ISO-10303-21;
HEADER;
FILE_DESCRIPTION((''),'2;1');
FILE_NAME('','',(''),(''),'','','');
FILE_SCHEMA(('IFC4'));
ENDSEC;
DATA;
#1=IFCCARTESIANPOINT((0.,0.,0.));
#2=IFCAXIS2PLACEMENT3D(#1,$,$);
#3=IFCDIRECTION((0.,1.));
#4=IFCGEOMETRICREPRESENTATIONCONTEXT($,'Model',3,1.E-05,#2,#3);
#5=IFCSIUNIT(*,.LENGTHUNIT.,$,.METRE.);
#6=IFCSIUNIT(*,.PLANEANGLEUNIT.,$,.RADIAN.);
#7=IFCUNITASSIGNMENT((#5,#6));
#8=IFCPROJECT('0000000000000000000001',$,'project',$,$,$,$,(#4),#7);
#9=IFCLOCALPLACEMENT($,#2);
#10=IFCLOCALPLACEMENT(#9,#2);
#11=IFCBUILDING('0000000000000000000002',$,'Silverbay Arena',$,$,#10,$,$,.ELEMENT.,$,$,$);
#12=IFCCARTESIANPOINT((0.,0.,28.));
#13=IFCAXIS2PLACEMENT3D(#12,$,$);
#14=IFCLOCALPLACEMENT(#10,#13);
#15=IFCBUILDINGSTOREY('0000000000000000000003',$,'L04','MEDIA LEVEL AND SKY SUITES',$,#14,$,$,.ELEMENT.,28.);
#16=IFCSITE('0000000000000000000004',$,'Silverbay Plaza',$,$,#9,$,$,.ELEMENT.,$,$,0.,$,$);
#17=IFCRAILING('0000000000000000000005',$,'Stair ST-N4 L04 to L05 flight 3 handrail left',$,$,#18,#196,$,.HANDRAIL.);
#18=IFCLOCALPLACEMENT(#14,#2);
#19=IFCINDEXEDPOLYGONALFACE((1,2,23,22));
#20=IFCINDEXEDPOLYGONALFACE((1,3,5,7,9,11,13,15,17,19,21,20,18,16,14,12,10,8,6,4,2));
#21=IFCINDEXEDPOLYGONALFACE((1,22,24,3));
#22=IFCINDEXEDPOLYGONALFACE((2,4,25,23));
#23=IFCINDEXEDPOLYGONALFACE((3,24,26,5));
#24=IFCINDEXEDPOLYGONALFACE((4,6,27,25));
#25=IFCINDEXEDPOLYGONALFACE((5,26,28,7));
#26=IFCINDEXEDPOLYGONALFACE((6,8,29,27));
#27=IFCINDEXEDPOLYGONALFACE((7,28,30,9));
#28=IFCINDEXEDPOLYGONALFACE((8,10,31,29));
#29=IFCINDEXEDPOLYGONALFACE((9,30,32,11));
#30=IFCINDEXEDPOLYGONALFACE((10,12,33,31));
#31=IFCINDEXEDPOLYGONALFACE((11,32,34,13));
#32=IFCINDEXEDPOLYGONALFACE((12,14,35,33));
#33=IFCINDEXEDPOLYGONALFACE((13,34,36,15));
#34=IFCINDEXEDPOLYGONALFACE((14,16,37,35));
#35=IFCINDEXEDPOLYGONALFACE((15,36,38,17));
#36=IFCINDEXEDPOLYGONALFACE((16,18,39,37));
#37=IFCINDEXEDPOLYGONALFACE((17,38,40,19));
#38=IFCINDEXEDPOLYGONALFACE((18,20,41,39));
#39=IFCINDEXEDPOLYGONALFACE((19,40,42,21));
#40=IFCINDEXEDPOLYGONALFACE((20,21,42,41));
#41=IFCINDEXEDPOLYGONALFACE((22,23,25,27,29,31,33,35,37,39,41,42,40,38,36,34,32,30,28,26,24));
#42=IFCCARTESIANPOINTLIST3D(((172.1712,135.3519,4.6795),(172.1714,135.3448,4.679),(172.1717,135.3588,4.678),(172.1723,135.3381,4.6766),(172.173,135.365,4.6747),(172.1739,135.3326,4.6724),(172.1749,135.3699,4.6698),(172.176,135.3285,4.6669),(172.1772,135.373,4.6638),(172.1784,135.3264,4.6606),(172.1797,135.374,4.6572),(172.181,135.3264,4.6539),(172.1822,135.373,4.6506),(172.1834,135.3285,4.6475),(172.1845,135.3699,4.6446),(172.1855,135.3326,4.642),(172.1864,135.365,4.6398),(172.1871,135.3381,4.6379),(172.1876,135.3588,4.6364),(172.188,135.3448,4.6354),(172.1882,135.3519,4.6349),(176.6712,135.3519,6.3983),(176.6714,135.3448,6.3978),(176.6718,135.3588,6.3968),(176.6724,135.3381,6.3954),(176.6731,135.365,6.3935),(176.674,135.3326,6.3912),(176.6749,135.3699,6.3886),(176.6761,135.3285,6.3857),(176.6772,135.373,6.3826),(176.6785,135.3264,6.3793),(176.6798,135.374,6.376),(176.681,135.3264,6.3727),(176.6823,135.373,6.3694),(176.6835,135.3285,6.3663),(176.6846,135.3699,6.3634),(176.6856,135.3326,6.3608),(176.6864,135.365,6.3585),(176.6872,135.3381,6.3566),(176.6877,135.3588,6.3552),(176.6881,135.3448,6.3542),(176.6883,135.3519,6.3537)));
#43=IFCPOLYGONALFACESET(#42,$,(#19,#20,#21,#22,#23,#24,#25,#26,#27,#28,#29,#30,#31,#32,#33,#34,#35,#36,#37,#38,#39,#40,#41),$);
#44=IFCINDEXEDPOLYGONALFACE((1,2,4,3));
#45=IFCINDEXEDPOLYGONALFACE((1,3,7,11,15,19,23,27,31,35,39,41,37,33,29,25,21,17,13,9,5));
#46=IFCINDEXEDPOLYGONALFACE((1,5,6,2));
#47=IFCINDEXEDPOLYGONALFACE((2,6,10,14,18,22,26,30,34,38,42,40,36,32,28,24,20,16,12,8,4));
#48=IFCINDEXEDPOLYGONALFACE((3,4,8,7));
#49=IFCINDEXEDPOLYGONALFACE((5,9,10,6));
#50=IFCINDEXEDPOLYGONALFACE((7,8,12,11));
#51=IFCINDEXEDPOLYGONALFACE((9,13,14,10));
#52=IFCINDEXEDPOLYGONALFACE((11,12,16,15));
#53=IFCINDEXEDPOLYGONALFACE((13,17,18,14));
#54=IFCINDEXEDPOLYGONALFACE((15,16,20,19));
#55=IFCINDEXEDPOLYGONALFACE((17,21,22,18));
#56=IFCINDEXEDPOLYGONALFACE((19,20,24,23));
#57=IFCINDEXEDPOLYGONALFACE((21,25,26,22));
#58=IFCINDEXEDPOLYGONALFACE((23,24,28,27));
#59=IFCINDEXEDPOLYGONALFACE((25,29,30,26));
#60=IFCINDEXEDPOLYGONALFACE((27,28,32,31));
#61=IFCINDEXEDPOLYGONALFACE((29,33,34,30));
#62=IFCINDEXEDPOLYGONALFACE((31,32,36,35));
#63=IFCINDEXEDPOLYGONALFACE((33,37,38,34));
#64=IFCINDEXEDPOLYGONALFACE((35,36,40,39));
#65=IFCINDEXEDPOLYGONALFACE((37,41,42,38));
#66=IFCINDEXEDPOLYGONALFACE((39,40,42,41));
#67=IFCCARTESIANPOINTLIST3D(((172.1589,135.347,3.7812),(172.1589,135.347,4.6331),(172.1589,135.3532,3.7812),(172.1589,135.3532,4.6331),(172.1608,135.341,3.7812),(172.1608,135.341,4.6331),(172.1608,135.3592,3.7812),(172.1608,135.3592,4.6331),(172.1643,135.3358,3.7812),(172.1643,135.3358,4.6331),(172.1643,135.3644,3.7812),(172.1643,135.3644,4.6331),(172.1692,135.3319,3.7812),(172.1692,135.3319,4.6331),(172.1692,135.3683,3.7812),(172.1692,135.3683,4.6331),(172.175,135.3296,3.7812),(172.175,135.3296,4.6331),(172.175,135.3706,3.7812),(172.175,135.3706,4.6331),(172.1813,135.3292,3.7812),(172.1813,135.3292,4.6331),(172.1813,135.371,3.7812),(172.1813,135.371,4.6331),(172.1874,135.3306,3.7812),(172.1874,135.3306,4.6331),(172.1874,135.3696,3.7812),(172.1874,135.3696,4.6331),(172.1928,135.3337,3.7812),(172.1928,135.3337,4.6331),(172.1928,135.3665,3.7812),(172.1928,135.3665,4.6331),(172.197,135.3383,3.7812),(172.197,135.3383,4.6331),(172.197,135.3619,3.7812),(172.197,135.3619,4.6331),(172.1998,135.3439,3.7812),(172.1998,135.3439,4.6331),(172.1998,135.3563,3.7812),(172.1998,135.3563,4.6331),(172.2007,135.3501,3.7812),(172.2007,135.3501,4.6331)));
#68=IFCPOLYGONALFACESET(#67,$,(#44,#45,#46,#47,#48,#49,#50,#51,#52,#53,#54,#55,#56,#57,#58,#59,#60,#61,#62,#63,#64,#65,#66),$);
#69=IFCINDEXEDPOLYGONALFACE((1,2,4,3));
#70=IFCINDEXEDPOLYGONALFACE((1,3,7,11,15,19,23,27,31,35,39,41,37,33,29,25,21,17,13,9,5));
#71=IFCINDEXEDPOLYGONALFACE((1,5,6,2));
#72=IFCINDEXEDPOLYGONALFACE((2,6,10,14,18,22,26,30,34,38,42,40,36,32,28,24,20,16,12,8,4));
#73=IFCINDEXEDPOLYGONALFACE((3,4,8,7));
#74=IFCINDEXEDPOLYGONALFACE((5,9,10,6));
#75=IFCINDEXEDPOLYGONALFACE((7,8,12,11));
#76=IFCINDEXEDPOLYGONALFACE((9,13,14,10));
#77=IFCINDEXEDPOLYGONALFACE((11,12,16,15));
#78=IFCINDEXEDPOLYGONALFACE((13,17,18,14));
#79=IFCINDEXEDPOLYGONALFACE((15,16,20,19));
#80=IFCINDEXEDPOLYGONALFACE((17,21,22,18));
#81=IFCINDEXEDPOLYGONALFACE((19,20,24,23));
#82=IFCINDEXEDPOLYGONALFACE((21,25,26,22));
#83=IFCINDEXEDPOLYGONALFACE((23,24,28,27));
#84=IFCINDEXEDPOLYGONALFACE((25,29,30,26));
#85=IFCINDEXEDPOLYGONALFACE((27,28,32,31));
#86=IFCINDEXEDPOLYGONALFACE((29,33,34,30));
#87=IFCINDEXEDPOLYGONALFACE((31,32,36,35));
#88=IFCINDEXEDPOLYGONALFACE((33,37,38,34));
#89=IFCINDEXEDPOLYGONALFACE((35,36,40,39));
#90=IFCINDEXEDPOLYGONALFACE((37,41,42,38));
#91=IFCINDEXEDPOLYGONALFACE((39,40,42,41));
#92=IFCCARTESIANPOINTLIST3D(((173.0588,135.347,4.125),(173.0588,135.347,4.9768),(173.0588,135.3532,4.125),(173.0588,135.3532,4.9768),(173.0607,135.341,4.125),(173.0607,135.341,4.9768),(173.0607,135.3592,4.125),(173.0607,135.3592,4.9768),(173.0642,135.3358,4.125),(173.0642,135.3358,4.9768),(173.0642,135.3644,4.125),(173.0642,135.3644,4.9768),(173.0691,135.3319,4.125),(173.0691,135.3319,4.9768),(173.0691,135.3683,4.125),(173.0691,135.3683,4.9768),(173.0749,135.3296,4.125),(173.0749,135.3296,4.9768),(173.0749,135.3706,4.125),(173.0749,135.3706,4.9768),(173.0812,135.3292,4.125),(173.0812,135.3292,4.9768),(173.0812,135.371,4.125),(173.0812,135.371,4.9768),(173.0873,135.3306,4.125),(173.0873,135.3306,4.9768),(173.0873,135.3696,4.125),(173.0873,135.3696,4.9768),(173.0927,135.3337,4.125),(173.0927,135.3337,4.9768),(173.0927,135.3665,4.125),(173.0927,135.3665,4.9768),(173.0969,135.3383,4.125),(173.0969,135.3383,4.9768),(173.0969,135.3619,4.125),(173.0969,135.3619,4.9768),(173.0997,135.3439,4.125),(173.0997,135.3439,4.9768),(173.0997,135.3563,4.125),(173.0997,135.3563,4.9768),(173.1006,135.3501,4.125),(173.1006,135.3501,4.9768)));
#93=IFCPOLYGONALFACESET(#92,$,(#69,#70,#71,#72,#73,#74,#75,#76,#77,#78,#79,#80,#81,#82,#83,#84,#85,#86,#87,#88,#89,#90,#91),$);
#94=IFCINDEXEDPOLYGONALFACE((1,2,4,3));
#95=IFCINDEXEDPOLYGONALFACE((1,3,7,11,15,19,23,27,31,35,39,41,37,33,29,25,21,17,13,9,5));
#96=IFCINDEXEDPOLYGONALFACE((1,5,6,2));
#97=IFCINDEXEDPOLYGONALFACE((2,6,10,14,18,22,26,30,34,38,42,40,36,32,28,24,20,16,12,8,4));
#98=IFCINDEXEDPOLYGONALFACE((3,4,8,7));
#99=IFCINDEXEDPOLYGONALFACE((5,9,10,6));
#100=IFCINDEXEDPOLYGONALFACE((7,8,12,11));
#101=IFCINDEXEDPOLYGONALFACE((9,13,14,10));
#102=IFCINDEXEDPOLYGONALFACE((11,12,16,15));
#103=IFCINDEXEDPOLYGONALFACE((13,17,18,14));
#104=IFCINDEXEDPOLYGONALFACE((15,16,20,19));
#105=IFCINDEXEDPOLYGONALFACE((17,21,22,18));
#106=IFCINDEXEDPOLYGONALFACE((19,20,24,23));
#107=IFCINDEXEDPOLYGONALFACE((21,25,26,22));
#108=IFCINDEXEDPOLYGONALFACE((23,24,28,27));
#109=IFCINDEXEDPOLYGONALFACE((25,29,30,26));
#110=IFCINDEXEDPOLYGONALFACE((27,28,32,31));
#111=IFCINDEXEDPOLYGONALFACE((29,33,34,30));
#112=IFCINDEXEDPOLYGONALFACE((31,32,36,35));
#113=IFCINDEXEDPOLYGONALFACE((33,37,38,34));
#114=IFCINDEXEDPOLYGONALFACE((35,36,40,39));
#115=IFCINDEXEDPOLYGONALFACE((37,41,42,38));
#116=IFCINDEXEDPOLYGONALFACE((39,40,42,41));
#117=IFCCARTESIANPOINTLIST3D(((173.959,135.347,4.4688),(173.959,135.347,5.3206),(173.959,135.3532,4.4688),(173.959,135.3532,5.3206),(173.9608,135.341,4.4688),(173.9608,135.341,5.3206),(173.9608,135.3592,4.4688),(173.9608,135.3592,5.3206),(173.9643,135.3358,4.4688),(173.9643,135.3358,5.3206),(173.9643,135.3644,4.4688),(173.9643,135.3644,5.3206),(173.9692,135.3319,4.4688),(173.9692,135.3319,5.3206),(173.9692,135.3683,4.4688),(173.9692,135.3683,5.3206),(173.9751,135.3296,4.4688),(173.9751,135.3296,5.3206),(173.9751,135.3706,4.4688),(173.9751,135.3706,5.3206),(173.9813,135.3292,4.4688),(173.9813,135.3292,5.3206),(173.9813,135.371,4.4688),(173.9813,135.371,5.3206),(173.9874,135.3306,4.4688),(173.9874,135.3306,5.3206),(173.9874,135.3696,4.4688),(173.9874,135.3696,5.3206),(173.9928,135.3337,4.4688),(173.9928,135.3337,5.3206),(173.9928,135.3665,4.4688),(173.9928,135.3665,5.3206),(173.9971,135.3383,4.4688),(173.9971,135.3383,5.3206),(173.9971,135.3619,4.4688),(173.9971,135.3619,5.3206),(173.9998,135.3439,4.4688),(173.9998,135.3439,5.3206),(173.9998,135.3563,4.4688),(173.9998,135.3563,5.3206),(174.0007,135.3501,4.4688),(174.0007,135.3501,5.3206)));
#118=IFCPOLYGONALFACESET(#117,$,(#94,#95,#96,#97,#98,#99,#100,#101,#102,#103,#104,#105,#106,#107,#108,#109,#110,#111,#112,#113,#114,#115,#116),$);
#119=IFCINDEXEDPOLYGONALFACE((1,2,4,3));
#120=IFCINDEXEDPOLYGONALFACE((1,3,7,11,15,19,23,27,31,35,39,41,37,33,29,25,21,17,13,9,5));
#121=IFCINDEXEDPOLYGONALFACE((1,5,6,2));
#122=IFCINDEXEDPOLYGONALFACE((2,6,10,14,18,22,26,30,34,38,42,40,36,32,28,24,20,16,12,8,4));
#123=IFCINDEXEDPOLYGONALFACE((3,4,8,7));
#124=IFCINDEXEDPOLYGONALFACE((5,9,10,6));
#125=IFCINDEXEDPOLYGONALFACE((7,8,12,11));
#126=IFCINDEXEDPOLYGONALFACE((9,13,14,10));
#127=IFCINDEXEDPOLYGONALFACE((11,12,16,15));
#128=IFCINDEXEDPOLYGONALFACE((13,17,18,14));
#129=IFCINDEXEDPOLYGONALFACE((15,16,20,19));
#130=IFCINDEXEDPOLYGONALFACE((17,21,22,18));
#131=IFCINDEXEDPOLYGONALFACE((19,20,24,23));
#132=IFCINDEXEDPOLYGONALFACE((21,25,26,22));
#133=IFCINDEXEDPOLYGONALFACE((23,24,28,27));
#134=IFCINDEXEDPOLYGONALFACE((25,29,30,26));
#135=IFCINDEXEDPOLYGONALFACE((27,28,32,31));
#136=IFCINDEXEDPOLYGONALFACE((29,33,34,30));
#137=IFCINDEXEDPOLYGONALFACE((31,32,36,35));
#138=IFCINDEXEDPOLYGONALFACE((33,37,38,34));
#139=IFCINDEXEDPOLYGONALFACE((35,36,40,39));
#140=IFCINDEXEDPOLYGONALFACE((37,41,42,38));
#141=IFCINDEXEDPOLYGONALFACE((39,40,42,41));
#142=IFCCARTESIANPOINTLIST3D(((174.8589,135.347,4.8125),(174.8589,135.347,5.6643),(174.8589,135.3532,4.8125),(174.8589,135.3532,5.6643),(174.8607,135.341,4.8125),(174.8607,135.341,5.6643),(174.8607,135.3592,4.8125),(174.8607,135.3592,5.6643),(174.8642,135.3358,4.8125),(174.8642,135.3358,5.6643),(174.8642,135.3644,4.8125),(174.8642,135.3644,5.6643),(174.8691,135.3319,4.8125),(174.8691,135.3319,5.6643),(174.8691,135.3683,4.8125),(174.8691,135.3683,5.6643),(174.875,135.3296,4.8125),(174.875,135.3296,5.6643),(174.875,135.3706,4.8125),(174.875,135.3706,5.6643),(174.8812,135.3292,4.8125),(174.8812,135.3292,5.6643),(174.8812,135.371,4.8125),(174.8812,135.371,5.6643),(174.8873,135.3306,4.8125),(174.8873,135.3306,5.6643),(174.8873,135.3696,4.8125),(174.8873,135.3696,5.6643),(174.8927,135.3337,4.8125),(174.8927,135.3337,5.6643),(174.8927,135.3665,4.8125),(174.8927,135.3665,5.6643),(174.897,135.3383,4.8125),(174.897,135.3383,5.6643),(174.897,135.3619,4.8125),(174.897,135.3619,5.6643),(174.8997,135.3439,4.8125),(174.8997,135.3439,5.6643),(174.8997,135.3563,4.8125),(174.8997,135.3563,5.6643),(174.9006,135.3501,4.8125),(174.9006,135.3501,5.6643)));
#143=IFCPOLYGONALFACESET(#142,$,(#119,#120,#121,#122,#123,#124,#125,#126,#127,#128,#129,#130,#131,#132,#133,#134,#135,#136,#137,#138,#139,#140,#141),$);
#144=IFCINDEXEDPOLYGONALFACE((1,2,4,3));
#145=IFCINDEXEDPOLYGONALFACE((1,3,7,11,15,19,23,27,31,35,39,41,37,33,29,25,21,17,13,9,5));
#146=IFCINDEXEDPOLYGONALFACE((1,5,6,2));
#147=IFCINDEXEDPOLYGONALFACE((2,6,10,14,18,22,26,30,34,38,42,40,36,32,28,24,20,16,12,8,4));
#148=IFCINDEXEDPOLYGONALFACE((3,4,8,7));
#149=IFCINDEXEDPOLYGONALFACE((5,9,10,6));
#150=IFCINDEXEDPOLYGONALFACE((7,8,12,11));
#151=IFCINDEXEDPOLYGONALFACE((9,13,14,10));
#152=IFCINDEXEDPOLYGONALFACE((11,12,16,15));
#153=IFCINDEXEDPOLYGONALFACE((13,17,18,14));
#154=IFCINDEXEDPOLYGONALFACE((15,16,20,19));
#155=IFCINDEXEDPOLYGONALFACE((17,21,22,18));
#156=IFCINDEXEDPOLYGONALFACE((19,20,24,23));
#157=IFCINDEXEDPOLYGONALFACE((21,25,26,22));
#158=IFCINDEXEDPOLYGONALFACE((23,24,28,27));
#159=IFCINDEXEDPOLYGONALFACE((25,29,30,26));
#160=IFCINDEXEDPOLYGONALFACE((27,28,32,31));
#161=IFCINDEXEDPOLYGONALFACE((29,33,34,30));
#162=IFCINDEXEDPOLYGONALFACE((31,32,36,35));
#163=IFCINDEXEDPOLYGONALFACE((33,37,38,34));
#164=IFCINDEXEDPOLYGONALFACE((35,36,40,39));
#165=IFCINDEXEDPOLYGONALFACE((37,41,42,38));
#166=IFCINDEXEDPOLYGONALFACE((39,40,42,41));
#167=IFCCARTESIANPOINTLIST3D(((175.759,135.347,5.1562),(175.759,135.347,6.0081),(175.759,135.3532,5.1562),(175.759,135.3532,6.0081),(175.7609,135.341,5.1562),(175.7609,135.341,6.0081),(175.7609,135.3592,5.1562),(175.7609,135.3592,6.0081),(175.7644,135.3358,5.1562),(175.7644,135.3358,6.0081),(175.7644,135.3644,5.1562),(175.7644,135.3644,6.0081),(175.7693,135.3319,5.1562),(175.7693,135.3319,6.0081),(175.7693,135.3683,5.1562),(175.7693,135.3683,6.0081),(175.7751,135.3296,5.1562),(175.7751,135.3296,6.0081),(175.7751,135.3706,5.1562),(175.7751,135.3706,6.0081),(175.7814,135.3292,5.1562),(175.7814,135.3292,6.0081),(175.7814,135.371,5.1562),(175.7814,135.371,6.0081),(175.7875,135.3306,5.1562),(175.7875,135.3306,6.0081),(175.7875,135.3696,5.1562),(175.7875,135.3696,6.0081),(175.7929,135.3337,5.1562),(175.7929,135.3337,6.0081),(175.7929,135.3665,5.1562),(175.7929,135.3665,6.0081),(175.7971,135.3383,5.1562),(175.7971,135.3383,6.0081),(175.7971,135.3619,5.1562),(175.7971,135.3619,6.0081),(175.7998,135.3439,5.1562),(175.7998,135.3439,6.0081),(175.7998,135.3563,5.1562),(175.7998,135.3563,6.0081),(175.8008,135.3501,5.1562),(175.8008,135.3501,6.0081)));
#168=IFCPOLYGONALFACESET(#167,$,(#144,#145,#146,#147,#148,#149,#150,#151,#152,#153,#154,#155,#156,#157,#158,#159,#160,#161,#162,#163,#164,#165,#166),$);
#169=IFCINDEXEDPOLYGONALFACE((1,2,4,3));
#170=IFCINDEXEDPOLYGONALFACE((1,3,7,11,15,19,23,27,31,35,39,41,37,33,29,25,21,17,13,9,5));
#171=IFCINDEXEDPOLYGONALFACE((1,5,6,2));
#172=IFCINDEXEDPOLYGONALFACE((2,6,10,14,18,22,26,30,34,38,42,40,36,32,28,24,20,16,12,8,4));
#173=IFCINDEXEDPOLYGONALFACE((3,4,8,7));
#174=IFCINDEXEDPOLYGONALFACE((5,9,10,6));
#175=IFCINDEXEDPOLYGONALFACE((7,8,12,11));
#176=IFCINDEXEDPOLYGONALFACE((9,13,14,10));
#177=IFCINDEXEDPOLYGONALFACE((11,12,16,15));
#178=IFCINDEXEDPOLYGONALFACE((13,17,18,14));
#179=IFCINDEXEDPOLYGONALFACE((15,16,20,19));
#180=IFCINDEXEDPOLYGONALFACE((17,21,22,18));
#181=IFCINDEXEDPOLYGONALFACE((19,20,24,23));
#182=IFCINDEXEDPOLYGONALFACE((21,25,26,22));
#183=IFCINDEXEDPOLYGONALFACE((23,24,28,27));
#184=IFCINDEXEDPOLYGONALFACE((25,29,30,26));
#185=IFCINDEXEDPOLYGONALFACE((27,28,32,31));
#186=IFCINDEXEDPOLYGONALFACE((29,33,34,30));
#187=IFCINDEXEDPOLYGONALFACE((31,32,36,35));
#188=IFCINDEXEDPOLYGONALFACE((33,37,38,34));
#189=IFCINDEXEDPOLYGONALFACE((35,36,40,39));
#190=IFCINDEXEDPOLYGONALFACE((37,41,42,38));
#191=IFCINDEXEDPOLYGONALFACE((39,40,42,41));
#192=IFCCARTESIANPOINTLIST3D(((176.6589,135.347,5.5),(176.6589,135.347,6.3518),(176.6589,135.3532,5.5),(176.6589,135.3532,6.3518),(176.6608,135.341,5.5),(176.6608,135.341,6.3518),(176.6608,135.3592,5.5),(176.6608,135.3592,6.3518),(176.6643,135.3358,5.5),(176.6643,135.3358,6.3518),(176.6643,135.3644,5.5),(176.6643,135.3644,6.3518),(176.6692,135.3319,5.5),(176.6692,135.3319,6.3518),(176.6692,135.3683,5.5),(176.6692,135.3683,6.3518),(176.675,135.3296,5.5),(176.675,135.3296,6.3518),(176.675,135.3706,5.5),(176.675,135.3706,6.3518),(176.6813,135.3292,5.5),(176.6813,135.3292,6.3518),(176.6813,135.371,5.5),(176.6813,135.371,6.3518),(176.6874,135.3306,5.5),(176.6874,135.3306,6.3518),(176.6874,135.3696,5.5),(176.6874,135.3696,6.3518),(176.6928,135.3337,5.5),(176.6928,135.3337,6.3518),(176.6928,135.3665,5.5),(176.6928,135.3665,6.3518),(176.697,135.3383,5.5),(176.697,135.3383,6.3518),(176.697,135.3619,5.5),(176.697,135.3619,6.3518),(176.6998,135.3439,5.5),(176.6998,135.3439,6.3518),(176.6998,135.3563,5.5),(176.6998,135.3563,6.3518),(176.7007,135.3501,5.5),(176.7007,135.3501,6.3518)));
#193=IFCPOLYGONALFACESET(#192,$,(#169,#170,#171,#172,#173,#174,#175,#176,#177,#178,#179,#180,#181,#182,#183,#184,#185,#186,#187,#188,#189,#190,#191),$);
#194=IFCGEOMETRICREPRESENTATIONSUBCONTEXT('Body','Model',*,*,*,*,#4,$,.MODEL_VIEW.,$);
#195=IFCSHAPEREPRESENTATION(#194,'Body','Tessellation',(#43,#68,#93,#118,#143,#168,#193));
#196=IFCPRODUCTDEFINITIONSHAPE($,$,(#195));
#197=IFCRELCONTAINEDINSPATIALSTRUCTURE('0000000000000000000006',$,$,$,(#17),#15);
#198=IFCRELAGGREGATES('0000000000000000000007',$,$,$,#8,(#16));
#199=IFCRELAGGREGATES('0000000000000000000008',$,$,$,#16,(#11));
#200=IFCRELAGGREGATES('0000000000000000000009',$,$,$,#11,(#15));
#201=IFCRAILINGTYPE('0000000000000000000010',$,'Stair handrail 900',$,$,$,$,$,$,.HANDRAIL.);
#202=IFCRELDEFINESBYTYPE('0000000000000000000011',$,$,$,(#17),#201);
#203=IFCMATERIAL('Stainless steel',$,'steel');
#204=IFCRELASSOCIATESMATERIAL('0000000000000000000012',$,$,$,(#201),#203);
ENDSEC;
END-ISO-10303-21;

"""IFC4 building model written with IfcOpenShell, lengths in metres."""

from ifc_helpers import new_model, si_unit, direction, frame, origin, origin_2d, place, context, subcontext, project, spatial, circle, extrude, material, type_object, element, save


model = new_model("IFC4")

# Units and contexts
model_context = context("Model", 3, precision=1e-05, world=origin(), true_north=direction((0.0, 1.0)))
body_context = subcontext(model_context, "Body", "Model", "MODEL_VIEW")
ifc_project = project(units=[si_unit("LENGTHUNIT", "METRE"), si_unit("PLANEANGLEUNIT", "RADIAN")], contexts=[model_context])

# Site, building, storey
site_placement = place(None, origin())
site = spatial("IfcSite", under=ifc_project, at=site_placement, Name="Silverbay Plaza", CompositionType="ELEMENT", RefElevation=0.0)
building_placement = place(site_placement, origin())
building = spatial("IfcBuilding", under=site, at=building_placement, Name="Silverbay Arena", CompositionType="ELEMENT")
storey_placement = place(building_placement, frame((0.0, 0.0, 28.0)))
storey = spatial("IfcBuildingStorey", under=building, at=storey_placement, Name="L04", Description="MEDIA LEVEL AND SKY SUITES", CompositionType="ELEMENT", Elevation=28.0)

# Railing
ifc_material_1 = material(Name="Stainless steel", Category="steel")
railing_type_1 = type_object("IfcRailingType", Name="Stair handrail 900", PredefinedType="HANDRAIL", material=ifc_material_1)
railing_1_placement = place(storey_placement, frame((172.1797, 135.3501, 3.7812)))
element("IfcRailing", 1, at=railing_1_placement, inside=storey, type_object=railing_type_1, Name="Stair ST-N4 L04 to L05 flight 3 handrail left", PredefinedType="HANDRAIL", context=body_context, shape_type="SweptSolid", body=[
    extrude(circle(Radius=0.0239, at=origin_2d()), frame((0.0, 0.0, 0.876), z_axis=(0.934179, 0.0, 0.356805), x_axis=(0.0, 1.0, 0.0)), (0.0, 0.0, 1.0), 4.8171),
    extrude(circle(Radius=0.021, at=origin_2d()), origin(), (0.0, 0.0, 1.0), 0.8518),
    extrude(circle(Radius=0.021, at=origin_2d()), frame((0.8999, 0.0, 0.3438)), (0.0, 0.0, 1.0), 0.8518),
    extrude(circle(Radius=0.021, at=origin_2d()), frame((1.8, 0.0, 0.6875)), (0.0, 0.0, 1.0), 0.8518),
    extrude(circle(Radius=0.021, at=origin_2d()), frame((2.7, 0.0, 1.0312)), (0.0, 0.0, 1.0), 0.8518),
    extrude(circle(Radius=0.021, at=origin_2d()), frame((3.6001, 0.0, 1.375)), (0.0, 0.0, 1.0), 0.8518),
    extrude(circle(Radius=0.021, at=origin_2d()), frame((4.5, 0.0, 1.7188)), (0.0, 0.0, 1.0), 0.8518),
])

save(model, "model.ifc")
